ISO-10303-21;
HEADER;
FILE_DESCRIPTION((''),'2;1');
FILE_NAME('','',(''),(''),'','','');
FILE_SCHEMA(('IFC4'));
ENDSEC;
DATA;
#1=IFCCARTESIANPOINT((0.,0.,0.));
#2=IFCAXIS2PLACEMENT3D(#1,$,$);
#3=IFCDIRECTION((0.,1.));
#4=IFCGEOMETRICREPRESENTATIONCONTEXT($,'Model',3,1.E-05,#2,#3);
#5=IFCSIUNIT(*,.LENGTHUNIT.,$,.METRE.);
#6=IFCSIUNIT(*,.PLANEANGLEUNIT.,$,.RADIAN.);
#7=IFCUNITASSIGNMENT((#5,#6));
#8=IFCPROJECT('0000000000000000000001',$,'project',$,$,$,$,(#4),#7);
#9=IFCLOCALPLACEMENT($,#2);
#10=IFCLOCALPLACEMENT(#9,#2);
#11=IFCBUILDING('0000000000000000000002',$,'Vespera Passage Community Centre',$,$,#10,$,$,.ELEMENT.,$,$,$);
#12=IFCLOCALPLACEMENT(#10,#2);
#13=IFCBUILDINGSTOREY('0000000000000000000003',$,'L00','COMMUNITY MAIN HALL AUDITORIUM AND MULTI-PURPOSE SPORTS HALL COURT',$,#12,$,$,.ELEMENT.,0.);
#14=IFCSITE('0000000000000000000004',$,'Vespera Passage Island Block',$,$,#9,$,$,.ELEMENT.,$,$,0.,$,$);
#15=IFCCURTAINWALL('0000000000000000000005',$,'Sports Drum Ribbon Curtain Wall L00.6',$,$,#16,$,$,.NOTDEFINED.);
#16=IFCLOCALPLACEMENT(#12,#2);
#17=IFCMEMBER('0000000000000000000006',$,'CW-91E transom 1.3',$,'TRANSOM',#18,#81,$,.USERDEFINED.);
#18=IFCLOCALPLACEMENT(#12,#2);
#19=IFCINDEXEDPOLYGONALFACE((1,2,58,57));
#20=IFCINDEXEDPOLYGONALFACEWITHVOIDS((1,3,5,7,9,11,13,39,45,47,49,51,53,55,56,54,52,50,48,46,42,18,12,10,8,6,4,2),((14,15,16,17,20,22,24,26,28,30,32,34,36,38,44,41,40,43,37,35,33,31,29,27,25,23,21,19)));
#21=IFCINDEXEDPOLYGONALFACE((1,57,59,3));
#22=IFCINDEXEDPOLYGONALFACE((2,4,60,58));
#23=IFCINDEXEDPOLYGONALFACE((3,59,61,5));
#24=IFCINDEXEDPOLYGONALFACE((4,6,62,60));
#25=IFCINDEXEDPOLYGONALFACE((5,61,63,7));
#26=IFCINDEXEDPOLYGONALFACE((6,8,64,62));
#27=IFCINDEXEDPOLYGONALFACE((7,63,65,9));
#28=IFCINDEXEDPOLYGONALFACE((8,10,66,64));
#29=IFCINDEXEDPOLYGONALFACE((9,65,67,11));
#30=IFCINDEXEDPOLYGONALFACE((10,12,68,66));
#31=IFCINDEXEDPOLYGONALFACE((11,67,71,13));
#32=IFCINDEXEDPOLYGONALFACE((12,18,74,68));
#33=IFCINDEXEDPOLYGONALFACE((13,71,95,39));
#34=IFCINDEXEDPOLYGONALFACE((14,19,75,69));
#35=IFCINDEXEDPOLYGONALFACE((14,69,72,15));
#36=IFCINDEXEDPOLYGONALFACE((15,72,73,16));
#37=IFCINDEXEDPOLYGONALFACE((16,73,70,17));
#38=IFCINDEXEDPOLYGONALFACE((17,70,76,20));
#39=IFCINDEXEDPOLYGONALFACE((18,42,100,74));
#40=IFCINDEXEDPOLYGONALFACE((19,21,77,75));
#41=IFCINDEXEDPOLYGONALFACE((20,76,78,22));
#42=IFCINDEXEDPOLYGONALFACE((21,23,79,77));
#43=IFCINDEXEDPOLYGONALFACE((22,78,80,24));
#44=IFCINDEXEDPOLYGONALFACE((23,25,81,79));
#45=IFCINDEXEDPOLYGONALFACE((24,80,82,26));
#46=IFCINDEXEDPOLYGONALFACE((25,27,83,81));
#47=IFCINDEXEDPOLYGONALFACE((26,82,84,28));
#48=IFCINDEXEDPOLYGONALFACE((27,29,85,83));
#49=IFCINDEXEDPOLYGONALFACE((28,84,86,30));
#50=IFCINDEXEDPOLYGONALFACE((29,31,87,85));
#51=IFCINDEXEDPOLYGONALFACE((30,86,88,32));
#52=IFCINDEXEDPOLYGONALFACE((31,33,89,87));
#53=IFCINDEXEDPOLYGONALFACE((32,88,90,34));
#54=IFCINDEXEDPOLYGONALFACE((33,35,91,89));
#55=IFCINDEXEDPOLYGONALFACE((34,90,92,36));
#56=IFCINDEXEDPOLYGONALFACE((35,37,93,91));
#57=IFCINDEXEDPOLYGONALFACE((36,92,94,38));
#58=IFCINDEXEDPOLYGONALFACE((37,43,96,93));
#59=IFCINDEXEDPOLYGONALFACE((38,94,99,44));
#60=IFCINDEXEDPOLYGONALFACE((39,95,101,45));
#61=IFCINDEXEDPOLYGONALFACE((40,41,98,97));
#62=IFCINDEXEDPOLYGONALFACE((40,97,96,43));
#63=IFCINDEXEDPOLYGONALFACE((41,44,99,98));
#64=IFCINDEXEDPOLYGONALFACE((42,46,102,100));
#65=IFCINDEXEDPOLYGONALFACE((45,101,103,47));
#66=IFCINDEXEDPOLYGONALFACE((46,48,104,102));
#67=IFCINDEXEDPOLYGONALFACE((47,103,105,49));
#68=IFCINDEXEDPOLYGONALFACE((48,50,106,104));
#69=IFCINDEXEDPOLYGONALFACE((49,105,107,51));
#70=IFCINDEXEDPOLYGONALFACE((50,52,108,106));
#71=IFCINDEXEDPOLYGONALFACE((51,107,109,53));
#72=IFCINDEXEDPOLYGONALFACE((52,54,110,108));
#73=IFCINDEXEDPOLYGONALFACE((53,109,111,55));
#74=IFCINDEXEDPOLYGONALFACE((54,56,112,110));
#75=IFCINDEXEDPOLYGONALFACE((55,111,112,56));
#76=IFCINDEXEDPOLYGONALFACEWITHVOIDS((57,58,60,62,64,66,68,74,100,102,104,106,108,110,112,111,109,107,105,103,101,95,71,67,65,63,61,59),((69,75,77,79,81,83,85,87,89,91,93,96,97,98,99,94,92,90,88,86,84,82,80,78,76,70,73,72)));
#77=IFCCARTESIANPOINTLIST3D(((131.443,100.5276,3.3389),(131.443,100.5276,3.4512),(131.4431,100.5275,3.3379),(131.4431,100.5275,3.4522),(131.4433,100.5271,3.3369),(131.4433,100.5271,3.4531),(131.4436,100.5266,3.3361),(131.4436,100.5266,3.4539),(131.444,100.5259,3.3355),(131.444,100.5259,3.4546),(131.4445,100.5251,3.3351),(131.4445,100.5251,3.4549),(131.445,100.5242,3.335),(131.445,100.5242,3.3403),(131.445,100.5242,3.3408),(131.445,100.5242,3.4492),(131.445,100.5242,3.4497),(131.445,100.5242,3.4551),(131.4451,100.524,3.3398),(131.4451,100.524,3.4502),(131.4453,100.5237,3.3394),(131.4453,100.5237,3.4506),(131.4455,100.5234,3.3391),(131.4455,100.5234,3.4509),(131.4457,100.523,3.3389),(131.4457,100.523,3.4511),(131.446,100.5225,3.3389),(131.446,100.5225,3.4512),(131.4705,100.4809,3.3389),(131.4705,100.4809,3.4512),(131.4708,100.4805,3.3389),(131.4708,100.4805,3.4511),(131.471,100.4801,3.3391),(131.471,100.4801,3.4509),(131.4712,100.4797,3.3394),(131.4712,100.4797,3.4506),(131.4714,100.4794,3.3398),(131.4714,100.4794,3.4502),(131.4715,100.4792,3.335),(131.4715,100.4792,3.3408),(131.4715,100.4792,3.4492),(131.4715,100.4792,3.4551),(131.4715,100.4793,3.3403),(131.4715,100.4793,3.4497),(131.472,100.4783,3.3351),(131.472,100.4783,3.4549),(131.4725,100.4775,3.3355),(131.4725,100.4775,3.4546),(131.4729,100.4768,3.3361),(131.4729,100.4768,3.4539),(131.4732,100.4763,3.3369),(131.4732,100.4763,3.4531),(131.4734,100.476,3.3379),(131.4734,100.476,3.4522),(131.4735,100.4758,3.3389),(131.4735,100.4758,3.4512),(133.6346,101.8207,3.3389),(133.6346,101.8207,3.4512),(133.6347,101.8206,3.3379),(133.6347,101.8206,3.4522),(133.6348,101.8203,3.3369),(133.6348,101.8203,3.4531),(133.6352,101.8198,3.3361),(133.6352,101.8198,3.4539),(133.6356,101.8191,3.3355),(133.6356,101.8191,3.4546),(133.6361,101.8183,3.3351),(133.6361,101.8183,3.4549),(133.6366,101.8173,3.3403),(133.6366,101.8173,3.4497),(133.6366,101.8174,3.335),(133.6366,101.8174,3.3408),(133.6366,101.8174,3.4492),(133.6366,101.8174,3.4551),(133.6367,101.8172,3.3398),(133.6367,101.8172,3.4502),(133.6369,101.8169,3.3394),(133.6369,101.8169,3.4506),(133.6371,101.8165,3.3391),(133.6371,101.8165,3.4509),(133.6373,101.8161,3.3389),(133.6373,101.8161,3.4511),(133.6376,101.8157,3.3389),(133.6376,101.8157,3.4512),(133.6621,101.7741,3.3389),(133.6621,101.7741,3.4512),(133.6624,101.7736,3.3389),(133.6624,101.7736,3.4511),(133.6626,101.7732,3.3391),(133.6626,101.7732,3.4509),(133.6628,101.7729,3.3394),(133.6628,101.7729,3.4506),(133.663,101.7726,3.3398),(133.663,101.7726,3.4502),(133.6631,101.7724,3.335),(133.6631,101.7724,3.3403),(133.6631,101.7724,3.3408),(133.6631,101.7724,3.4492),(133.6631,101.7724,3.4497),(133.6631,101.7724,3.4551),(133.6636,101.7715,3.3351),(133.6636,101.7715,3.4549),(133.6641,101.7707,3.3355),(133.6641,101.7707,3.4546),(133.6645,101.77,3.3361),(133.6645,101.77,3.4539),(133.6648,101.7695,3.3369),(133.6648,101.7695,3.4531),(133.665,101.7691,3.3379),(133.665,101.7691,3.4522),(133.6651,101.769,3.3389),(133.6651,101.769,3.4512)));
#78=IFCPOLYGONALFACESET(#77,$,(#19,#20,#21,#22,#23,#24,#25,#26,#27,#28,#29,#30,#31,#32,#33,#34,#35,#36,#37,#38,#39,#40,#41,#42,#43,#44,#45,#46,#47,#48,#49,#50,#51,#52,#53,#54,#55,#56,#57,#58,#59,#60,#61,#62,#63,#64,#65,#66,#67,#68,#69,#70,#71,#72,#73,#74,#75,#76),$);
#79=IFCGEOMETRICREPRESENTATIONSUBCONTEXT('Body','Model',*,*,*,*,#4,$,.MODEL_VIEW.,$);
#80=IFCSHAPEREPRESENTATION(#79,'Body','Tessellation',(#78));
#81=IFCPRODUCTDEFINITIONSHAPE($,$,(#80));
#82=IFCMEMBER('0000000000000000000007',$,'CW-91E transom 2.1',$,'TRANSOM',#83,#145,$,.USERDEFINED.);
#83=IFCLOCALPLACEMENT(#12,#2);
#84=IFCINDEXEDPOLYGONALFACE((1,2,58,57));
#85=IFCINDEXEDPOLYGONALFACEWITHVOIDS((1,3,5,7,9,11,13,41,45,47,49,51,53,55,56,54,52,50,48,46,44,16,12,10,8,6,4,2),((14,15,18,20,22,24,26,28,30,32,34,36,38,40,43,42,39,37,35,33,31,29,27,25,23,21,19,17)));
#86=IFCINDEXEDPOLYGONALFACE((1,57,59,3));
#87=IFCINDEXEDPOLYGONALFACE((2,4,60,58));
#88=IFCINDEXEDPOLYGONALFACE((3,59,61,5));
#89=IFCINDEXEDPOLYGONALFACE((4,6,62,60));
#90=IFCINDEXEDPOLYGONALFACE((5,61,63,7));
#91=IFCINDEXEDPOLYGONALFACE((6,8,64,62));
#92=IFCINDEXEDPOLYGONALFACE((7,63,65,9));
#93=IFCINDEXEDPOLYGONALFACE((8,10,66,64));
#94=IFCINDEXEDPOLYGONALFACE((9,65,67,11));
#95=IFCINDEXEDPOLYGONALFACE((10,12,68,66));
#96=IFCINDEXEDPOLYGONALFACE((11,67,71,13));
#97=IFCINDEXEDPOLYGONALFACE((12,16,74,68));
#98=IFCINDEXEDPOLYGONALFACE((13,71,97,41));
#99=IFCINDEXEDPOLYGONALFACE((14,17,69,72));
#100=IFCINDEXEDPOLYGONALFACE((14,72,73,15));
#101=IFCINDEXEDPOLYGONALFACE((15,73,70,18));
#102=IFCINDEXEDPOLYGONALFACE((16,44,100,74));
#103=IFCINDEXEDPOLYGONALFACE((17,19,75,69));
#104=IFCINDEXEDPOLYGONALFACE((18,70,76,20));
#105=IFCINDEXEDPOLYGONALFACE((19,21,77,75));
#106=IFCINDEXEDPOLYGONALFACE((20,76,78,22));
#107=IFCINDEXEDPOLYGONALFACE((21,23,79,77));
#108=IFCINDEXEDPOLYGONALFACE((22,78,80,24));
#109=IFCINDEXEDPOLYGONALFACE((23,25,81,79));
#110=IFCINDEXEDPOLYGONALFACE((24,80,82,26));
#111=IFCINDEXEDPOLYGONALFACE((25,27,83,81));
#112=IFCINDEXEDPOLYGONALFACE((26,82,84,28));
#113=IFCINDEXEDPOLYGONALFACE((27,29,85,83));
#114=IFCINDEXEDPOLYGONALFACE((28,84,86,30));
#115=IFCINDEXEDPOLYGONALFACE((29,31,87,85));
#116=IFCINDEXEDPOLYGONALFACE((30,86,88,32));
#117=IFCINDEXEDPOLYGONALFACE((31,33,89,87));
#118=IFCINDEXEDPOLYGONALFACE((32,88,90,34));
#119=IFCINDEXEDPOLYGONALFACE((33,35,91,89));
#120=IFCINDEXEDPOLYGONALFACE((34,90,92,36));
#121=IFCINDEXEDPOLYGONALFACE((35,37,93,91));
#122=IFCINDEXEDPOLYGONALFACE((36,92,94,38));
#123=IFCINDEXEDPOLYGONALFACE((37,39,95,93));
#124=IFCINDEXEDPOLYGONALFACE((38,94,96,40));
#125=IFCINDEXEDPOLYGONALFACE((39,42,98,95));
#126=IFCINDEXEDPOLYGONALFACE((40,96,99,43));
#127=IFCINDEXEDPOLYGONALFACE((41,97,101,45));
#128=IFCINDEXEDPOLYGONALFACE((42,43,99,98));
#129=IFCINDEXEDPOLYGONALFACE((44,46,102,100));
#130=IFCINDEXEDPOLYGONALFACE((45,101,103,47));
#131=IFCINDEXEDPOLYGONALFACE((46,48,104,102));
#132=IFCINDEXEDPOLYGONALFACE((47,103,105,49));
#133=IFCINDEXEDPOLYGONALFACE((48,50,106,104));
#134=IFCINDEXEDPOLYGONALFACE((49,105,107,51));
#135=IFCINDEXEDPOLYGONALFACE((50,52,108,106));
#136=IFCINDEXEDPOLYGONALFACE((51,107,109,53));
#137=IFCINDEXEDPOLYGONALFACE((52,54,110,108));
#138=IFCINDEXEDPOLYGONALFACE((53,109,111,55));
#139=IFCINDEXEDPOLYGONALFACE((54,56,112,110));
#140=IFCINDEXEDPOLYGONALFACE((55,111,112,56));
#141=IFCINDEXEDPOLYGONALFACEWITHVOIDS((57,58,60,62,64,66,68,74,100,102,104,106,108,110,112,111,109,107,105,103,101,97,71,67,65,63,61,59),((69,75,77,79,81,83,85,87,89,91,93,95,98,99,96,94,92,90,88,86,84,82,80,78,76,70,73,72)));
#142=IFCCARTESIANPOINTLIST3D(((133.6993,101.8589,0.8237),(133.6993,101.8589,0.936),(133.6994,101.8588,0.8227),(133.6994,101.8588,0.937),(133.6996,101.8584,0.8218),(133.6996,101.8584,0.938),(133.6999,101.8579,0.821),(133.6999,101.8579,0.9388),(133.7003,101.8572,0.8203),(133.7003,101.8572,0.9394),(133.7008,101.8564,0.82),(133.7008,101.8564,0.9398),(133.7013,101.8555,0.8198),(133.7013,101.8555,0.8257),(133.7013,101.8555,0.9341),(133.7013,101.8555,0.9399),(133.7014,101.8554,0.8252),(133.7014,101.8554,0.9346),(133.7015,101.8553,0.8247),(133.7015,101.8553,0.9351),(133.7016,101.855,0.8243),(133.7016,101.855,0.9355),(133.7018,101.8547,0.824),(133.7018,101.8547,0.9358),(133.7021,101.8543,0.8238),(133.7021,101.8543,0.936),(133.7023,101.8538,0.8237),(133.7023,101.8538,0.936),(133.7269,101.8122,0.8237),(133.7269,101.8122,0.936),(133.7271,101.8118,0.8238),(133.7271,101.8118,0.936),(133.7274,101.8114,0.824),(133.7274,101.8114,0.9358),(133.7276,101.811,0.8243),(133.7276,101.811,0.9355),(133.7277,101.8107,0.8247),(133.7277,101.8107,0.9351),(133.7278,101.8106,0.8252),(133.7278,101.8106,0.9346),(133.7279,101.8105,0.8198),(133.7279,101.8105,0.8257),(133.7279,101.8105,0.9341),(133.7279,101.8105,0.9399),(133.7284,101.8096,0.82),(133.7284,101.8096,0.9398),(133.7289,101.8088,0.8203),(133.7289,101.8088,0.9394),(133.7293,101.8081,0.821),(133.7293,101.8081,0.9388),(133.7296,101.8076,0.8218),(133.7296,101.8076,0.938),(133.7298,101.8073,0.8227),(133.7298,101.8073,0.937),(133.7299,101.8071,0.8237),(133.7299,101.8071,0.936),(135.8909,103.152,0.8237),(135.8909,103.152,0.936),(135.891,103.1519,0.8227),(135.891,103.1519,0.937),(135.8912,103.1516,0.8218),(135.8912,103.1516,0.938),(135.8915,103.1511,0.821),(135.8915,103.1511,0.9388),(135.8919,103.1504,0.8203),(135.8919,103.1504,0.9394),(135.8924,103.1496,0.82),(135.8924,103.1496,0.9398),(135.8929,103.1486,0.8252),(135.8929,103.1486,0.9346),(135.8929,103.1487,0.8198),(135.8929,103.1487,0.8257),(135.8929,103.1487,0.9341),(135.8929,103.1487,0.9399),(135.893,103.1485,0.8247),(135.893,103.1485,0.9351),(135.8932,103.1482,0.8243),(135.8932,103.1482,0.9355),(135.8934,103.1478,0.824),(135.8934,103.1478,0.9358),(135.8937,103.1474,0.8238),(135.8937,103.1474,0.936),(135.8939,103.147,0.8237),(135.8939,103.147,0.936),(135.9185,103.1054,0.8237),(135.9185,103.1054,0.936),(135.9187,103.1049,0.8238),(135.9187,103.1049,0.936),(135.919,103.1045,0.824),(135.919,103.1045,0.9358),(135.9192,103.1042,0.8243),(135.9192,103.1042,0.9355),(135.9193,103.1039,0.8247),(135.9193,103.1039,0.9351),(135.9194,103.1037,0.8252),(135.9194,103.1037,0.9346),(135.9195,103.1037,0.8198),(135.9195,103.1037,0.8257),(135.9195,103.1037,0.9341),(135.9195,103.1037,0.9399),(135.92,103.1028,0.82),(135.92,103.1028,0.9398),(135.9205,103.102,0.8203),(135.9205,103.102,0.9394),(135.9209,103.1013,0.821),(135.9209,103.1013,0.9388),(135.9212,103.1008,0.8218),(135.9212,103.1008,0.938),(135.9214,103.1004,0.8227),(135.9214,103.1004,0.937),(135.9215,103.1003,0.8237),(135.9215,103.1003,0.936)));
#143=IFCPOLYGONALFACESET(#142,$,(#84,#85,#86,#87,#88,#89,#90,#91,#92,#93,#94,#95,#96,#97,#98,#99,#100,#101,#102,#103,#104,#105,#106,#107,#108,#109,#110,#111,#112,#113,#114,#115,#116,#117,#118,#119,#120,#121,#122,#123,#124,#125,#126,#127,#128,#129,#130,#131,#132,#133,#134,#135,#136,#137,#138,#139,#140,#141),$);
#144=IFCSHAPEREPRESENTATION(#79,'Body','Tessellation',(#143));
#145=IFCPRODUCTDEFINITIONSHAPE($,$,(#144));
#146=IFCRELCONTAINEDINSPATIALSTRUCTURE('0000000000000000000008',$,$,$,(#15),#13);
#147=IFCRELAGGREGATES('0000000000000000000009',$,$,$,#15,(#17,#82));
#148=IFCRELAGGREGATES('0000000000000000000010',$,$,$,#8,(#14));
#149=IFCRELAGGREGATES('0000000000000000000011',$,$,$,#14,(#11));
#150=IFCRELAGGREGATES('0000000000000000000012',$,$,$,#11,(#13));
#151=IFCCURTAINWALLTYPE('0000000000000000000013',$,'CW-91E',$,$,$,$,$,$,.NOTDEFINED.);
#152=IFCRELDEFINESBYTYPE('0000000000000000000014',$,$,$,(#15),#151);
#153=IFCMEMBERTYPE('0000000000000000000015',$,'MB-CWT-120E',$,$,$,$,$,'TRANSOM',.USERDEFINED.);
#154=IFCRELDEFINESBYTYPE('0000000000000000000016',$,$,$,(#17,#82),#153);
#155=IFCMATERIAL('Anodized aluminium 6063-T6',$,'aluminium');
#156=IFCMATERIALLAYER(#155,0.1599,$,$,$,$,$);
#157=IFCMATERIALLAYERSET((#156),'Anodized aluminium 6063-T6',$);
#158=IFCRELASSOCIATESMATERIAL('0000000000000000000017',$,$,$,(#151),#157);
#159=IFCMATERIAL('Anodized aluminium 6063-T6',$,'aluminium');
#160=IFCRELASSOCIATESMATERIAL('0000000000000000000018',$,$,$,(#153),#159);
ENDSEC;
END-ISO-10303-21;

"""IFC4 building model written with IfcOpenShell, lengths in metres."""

from ifc_helpers import new_model, si_unit, direction, frame, origin, origin_2d, place, context, subcontext, project, spatial, hollow_rectangle, extrude, material, layer, layer_set, material_profile, profile_set, type_object, element, aggregate, save


model = new_model("IFC4")

# Units and contexts
model_context = context("Model", 3, precision=1e-05, world=origin(), true_north=direction((0.0, 1.0)))
body_context = subcontext(model_context, "Body", "Model", "MODEL_VIEW")
ifc_project = project(units=[si_unit("LENGTHUNIT", "METRE"), si_unit("PLANEANGLEUNIT", "RADIAN")], contexts=[model_context])

# Site, building, storey
site_placement = place(None, origin())
site = spatial("IfcSite", under=ifc_project, at=site_placement, Name="Vespera Passage Island Block", CompositionType="ELEMENT", RefElevation=0.0)
building_placement = place(site_placement, origin())
building = spatial("IfcBuilding", under=site, at=building_placement, Name="Vespera Passage Community Centre", CompositionType="ELEMENT")
storey_placement = place(building_placement, origin())
storey = spatial("IfcBuildingStorey", under=building, at=storey_placement, Name="L00", Description="COMMUNITY MAIN HALL AUDITORIUM AND MULTI-PURPOSE SPORTS HALL COURT", CompositionType="ELEMENT", Elevation=0.0)

# Curtain wall, members
ifc_material_1 = material(Name="Anodized aluminium 6063-T6", Category="aluminium")
ifc_layer_1 = layer(ifc_material_1, 0.1599)
ifc_layer_set_1 = layer_set([ifc_layer_1], Name="Anodized aluminium 6063-T6")
curtain_wall_type = type_object("IfcCurtainWallType", Name="CW-91E", PredefinedType="NOTDEFINED", material=ifc_layer_set_1)
curtain_wall_placement = place(storey_placement, origin())
curtain_wall = element("IfcCurtainWall", 1, at=curtain_wall_placement, inside=storey, type_object=curtain_wall_type, Name="Sports Drum Ribbon Curtain Wall L00.6", PredefinedType="NOTDEFINED")
ifc_material_2 = material(Name="Anodized aluminium 6063-T6", Category="aluminium")
ifc_material_profile_1 = material_profile(ifc_material_2, hollow_rectangle(XDim=0.0601, YDim=0.1201, WallThickness=0.0039, InnerFilletRadius=0.002, OuterFilletRadius=0.0039, at=origin_2d()), Name="ALU120X60X4")
ifc_profile_set_1 = profile_set([ifc_material_profile_1], Name="Anodized aluminium 6063-T6")
member_type_1 = type_object("IfcMemberType", Name="MB-CWT-120E", ElementType="TRANSOM", PredefinedType="USERDEFINED", material=ifc_profile_set_1)
member_1_placement = place(storey_placement, frame((131.4583, 100.5017, 3.395), z_axis=(0.861245, 0.508189, 0.0), x_axis=(-0.508189, 0.861245, 0.0)))
member_1 = element("IfcMember", 2, at=member_1_placement, type_object=member_type_1, Name="CW-91E transom 1.3", ObjectType="TRANSOM", PredefinedType="USERDEFINED", context=body_context, shape_type="SweptSolid", body=[
    extrude(hollow_rectangle(XDim=0.0601, YDim=0.1201, WallThickness=0.0039, InnerFilletRadius=0.002, OuterFilletRadius=0.0039, at=origin_2d()), origin(), (0.0, 0.0, 1.0), 2.5447),
])
member_2_placement = place(storey_placement, frame((133.7146, 101.833, 0.8799), z_axis=(0.861245, 0.508189, 0.0), x_axis=(-0.508189, 0.861245, 0.0)))
member_2 = element("IfcMember", 3, at=member_2_placement, type_object=member_type_1, Name="CW-91E transom 2.1", ObjectType="TRANSOM", PredefinedType="USERDEFINED", context=body_context, shape_type="SweptSolid", body=[
    extrude(hollow_rectangle(XDim=0.0601, YDim=0.1201, WallThickness=0.0039, InnerFilletRadius=0.002, OuterFilletRadius=0.0039, at=origin_2d()), origin(), (0.0, 0.0, 1.0), 2.5447),
])
aggregate(curtain_wall, [member_1, member_2])

save(model, "model.ifc")
